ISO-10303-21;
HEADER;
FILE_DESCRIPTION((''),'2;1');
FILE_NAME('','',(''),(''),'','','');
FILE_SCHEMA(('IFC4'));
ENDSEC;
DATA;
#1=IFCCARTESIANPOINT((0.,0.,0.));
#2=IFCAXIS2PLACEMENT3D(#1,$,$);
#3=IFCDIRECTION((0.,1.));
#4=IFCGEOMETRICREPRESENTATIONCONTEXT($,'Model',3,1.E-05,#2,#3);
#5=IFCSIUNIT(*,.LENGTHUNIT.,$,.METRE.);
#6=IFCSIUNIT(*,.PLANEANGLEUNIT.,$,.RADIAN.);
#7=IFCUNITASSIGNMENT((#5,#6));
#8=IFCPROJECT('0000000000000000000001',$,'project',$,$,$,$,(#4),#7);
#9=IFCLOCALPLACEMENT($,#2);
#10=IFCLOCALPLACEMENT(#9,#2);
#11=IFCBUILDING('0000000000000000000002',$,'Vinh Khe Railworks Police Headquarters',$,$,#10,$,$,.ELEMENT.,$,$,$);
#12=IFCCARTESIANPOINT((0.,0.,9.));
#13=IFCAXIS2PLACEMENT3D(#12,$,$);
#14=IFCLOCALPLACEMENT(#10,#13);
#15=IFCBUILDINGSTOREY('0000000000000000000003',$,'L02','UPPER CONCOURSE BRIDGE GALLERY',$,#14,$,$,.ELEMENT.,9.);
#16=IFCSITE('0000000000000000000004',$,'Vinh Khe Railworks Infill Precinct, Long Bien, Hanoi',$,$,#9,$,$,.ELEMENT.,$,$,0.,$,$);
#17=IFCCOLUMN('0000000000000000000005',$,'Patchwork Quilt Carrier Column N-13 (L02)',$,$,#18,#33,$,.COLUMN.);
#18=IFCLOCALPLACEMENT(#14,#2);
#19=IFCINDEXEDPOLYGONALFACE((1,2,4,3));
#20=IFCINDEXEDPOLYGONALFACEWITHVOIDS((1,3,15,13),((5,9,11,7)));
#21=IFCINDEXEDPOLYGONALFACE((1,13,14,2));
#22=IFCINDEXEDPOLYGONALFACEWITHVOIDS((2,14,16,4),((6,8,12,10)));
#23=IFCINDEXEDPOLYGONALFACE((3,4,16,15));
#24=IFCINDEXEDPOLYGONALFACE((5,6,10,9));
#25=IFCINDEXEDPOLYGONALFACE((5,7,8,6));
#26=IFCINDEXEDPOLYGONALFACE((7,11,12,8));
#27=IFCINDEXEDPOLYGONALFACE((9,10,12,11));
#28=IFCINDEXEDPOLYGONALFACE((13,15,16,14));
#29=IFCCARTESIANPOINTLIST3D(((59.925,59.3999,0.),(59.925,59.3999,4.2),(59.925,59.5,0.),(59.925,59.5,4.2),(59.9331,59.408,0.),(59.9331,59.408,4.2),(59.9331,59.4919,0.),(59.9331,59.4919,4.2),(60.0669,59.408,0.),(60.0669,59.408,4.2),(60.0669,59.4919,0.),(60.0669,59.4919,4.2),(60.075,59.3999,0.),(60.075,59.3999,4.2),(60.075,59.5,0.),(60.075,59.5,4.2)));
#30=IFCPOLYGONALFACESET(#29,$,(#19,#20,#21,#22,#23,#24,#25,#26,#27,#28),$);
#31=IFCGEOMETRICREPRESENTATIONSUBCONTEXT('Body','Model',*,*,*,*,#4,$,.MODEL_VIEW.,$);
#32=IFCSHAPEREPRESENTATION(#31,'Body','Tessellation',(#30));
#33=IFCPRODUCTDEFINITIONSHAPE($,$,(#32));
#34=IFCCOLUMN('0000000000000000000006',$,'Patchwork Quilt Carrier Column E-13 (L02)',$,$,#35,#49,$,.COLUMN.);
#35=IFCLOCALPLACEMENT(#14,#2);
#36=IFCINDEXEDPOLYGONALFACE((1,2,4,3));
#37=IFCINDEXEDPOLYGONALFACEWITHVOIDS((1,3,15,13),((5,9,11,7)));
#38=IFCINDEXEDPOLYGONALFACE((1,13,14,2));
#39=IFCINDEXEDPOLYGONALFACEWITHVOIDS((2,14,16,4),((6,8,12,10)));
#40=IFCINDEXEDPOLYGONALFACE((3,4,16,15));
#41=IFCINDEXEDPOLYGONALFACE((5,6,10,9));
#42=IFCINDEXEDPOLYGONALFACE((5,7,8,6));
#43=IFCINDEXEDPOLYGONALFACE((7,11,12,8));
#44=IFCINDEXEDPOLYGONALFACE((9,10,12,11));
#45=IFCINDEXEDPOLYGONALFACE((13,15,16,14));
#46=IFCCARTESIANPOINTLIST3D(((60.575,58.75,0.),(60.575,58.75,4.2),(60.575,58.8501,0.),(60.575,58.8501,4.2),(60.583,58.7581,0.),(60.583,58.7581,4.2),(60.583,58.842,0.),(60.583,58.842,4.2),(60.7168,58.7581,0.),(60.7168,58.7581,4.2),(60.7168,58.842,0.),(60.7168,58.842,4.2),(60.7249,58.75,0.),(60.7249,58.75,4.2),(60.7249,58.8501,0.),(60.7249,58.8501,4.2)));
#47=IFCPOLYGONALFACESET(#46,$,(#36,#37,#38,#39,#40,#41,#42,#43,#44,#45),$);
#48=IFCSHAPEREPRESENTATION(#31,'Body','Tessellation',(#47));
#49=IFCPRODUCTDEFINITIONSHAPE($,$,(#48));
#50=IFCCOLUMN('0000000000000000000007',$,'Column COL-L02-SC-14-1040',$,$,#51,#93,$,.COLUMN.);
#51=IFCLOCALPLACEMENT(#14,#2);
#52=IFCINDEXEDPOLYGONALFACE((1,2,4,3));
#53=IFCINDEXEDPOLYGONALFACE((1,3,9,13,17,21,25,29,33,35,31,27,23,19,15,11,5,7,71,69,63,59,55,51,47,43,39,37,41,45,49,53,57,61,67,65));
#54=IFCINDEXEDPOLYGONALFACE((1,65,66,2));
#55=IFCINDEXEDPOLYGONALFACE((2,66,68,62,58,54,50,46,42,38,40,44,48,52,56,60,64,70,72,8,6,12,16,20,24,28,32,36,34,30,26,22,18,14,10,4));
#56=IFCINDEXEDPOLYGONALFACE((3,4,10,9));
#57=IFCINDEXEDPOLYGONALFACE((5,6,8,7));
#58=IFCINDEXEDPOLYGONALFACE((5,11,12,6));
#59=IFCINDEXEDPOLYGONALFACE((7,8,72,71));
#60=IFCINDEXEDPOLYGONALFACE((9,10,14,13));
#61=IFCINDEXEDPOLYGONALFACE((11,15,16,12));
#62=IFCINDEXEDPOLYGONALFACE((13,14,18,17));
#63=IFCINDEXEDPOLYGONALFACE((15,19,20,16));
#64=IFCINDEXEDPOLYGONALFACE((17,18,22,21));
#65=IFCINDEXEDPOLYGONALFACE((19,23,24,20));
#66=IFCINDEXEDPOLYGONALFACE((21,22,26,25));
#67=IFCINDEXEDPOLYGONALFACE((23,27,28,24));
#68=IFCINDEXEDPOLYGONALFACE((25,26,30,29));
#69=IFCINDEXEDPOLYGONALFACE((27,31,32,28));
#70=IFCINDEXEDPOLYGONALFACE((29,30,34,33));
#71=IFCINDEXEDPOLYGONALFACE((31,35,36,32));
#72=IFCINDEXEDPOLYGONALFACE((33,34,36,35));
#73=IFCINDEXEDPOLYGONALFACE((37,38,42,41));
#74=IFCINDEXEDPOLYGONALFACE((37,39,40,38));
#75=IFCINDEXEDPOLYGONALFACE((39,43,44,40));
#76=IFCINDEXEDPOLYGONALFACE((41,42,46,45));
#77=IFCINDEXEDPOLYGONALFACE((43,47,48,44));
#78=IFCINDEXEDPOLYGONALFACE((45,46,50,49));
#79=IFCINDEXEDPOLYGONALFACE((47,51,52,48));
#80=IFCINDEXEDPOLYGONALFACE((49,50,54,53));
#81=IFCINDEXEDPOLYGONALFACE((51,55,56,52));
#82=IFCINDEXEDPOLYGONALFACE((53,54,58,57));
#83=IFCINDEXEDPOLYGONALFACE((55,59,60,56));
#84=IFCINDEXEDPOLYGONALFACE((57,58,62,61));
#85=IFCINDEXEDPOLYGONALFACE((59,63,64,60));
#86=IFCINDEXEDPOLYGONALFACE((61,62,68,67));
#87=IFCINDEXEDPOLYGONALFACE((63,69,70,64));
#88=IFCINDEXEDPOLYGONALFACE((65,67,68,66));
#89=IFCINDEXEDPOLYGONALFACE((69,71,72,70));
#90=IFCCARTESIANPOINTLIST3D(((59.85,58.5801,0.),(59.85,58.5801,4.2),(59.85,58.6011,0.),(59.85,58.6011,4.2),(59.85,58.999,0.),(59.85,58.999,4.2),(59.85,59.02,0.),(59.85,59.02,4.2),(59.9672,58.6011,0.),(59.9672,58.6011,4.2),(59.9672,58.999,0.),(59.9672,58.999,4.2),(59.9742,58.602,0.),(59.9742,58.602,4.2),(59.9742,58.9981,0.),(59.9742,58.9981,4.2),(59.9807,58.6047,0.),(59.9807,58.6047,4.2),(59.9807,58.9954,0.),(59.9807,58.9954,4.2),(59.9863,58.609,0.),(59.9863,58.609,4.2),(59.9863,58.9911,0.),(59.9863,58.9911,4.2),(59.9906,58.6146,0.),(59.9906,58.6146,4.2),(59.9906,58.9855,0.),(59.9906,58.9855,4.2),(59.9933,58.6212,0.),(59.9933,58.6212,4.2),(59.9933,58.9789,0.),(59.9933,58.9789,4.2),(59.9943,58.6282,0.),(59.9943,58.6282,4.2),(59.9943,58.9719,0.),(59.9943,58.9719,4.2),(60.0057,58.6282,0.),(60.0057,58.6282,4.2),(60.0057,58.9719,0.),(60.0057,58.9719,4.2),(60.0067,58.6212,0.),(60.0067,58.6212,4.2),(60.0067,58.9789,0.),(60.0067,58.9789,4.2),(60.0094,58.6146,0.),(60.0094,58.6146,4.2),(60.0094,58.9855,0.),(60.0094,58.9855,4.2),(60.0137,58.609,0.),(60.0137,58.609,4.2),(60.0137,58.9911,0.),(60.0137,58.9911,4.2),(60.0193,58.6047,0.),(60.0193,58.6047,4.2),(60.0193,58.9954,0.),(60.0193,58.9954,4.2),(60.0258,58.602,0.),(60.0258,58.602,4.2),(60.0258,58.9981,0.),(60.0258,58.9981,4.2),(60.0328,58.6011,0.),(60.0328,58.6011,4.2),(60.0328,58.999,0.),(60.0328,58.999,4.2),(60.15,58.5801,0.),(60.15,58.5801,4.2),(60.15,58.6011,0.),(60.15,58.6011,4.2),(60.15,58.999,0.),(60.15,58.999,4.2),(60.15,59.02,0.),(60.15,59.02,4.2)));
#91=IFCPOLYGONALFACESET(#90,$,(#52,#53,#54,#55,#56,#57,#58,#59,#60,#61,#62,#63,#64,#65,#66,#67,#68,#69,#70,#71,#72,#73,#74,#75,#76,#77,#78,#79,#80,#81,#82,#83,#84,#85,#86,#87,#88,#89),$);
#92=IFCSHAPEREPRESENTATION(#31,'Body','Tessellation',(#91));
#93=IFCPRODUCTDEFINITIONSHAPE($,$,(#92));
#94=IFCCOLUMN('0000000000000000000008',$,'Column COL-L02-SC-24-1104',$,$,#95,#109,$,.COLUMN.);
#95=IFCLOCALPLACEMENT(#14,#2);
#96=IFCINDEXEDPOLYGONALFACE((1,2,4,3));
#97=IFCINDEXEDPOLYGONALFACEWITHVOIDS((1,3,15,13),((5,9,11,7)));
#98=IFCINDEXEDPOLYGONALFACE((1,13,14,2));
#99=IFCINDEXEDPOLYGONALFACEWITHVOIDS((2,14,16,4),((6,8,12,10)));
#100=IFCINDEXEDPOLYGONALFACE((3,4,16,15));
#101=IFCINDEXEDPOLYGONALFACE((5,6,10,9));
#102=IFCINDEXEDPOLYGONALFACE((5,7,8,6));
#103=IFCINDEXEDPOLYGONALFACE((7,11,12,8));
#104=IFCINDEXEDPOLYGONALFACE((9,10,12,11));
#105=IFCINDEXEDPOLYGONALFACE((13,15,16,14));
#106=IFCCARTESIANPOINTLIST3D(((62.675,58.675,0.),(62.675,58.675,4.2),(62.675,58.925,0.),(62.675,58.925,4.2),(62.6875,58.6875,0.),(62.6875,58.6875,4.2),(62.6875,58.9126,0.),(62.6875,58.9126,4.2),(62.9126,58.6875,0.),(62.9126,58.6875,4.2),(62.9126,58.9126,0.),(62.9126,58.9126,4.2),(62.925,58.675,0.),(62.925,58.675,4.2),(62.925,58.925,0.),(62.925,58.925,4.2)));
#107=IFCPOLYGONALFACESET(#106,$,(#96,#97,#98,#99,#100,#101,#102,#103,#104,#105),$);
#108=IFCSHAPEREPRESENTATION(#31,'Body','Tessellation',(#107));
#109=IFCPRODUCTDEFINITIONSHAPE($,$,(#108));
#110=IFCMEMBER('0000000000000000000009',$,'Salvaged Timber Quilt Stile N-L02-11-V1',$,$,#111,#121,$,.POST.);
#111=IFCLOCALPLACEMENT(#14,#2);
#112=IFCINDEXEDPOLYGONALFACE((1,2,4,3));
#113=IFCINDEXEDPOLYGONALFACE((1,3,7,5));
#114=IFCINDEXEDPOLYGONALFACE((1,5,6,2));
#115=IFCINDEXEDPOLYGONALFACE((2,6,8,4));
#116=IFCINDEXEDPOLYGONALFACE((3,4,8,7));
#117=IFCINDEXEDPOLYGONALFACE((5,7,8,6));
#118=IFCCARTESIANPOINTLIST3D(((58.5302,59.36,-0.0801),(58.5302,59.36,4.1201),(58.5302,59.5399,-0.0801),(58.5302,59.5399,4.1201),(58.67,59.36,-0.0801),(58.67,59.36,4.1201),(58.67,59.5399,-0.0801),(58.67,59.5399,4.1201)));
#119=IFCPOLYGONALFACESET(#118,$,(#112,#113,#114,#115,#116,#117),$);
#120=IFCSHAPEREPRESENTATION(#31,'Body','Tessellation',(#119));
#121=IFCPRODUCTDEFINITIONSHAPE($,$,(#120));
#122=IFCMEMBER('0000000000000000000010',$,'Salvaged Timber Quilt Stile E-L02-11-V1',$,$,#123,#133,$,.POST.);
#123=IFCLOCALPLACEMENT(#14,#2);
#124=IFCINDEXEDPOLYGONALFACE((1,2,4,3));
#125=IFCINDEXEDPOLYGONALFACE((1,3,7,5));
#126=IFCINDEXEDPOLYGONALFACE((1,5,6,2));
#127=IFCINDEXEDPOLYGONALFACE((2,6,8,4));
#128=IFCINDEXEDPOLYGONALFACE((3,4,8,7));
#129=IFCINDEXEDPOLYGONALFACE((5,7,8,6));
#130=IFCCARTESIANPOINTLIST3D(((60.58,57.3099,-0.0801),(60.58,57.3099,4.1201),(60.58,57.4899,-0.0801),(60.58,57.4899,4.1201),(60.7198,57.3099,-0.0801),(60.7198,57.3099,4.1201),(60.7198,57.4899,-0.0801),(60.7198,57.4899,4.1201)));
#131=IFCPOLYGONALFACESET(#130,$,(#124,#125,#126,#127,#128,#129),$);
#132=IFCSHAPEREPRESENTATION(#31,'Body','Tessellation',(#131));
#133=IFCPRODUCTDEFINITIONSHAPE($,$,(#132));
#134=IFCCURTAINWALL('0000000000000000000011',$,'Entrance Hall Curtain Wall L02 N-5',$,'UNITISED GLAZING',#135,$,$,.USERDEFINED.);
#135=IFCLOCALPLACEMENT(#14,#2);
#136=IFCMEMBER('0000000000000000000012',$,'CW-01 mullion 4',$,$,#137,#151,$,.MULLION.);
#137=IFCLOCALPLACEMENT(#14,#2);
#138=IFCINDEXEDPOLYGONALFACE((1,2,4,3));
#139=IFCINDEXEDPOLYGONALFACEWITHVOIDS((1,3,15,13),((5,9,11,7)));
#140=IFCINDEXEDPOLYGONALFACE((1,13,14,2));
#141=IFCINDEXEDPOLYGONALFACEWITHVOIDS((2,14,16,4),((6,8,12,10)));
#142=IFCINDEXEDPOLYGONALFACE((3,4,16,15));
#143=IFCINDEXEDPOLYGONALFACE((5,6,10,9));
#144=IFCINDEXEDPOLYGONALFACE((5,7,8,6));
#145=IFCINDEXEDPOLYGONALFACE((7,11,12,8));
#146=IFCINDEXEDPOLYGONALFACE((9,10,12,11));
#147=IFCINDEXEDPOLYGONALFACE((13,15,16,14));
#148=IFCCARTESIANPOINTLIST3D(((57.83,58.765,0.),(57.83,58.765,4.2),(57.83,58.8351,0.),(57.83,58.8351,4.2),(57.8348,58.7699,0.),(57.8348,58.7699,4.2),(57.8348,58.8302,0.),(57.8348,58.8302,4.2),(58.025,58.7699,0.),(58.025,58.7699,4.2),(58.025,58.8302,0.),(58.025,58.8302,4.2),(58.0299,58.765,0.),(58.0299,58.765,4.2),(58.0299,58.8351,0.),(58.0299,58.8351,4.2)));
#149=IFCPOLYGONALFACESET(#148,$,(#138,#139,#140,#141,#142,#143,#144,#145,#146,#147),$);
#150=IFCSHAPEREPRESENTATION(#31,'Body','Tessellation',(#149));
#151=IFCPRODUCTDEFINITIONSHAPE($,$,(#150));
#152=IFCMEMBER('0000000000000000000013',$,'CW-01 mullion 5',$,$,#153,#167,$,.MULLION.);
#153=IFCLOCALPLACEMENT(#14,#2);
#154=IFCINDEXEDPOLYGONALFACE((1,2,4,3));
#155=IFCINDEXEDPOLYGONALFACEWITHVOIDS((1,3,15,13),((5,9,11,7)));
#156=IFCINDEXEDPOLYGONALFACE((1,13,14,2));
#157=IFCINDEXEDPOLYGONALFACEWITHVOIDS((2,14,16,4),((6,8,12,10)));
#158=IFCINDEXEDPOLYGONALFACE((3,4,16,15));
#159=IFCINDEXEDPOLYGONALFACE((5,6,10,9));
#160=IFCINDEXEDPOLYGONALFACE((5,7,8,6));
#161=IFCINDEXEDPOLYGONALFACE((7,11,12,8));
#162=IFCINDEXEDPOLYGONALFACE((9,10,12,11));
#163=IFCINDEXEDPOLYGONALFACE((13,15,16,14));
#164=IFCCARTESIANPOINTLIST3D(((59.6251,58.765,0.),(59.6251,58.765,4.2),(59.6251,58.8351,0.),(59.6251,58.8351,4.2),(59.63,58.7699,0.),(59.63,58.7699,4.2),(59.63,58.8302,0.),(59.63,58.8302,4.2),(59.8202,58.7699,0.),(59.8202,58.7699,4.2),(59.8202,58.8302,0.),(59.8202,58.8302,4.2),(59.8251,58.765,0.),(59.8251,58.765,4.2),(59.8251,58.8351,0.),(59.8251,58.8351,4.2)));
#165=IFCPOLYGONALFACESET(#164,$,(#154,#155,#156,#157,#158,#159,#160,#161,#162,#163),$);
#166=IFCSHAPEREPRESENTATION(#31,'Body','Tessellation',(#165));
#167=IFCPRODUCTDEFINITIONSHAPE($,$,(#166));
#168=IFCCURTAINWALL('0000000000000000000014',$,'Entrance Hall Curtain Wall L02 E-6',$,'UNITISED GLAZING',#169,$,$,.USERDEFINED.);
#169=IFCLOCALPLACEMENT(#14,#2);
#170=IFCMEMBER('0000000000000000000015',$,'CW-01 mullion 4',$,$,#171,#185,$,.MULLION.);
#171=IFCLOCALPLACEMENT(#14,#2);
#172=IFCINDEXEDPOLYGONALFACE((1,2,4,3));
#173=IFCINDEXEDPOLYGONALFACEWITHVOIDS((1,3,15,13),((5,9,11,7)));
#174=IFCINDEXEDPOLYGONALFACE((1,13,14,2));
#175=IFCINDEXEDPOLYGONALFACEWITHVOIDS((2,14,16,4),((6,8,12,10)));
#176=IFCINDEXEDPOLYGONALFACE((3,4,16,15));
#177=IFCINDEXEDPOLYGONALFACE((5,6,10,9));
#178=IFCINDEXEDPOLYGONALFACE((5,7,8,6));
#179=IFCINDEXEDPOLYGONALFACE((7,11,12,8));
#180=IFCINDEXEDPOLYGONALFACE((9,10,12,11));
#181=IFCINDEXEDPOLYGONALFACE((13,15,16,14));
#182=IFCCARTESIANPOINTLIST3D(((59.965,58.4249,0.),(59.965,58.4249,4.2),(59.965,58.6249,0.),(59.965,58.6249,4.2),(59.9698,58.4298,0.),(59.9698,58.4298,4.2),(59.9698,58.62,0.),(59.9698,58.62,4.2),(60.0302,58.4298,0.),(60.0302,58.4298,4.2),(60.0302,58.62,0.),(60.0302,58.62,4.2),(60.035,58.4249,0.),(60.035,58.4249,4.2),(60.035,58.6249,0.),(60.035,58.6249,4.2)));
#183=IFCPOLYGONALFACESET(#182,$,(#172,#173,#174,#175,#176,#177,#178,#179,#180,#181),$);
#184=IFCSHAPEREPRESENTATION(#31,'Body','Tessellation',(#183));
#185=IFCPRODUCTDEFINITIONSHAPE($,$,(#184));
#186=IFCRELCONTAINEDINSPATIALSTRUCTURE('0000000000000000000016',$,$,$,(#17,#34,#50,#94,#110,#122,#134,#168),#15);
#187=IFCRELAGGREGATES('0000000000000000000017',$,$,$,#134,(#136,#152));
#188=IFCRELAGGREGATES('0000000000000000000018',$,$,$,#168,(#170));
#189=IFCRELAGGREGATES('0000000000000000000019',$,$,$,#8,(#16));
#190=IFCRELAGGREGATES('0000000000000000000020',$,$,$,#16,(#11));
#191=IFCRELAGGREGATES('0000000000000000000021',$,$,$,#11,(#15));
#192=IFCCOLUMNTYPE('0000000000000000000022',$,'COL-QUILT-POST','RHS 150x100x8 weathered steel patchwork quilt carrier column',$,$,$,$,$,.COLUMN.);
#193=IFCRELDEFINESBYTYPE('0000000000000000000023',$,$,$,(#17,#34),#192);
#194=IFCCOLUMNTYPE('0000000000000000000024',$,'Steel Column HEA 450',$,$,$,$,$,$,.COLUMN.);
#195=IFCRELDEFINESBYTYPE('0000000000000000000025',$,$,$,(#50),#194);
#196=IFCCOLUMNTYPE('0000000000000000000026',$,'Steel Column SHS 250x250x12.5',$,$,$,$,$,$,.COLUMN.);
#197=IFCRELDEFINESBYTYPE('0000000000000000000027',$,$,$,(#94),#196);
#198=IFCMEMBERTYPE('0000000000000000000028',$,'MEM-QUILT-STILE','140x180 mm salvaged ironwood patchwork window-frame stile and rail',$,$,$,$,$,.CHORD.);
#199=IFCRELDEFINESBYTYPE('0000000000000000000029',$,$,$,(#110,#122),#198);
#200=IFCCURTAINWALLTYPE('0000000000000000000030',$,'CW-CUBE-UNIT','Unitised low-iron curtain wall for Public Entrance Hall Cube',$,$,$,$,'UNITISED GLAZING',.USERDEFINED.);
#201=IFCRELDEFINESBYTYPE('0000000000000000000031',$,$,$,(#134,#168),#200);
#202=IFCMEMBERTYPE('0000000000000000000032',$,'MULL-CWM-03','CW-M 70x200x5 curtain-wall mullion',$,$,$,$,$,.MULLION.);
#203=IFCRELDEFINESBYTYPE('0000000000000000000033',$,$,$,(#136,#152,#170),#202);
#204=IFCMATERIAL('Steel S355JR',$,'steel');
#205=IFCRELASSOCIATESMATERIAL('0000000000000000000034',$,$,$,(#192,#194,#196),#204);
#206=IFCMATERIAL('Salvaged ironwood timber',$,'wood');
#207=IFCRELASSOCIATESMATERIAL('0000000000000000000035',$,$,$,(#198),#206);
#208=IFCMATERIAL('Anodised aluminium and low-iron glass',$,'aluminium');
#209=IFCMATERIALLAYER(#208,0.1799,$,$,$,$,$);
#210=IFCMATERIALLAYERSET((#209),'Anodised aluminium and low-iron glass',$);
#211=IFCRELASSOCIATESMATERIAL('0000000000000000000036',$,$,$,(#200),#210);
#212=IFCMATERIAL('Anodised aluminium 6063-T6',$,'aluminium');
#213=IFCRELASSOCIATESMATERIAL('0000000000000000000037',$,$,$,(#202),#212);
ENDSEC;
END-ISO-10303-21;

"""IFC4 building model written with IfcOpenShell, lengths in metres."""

from ifc_helpers import new_model, si_unit, direction, frame, origin, origin_2d, place, context, subcontext, project, spatial, rectangle, hollow_rectangle, i_section, extrude, material, layer, layer_set, material_profile, profile_set, type_object, element, aggregate, save


model = new_model("IFC4")

# Units and contexts
model_context = context("Model", 3, precision=1e-05, world=origin(), true_north=direction((0.0, 1.0)))
body_context = subcontext(model_context, "Body", "Model", "MODEL_VIEW")
ifc_project = project(units=[si_unit("LENGTHUNIT", "METRE"), si_unit("PLANEANGLEUNIT", "RADIAN")], contexts=[model_context])

# Site, building, storey
site_placement = place(None, origin())
site = spatial("IfcSite", under=ifc_project, at=site_placement, Name="Vinh Khe Railworks Infill Precinct, Long Bien, Hanoi", CompositionType="ELEMENT", RefElevation=0.0)
building_placement = place(site_placement, origin())
building = spatial("IfcBuilding", under=site, at=building_placement, Name="Vinh Khe Railworks Police Headquarters", CompositionType="ELEMENT")
storey_placement = place(building_placement, frame((0.0, 0.0, 9.0)))
storey = spatial("IfcBuildingStorey", under=building, at=storey_placement, Name="L02", Description="UPPER CONCOURSE BRIDGE GALLERY", CompositionType="ELEMENT", Elevation=9.0)

# Columns
ifc_material_1 = material(Name="Steel S355JR", Category="steel")
ifc_material_profile_1 = material_profile(ifc_material_1, hollow_rectangle(XDim=0.1499, YDim=0.1001, WallThickness=0.0081, at=origin_2d()), Name="RHS 150x100x8")
ifc_profile_set_1 = profile_set([ifc_material_profile_1], Name="Steel S355JR")
column_type_1 = type_object("IfcColumnType", Name="COL-QUILT-POST", Description="RHS 150x100x8 weathered steel patchwork quilt carrier column", PredefinedType="COLUMN", material=ifc_profile_set_1)
for number, where, z_axis, x_axis, name in (
    (1, (60.0, 59.45, 0.0), (0.0, 0.0, 1.0), (1.0, 0.0, 0.0), "Patchwork Quilt Carrier Column N-13 (L02)"),
    (2, (60.6499, 58.8, 0.0), (0.0, 0.0, 1.0), (1.0, 0.0, 0.0), "Patchwork Quilt Carrier Column E-13 (L02)"),
):
    element("IfcColumn", number, at=place(storey_placement, frame(where, z_axis=z_axis, x_axis=x_axis)), inside=storey, type_object=column_type_1, Name=name, PredefinedType="COLUMN", context=body_context, shape_type="SweptSolid", body=[
        extrude(hollow_rectangle(XDim=0.1499, YDim=0.1001, WallThickness=0.0081, at=origin_2d()), origin(), (0.0, 0.0, 1.0), 4.2),
    ])
ifc_material_profile_2 = material_profile(ifc_material_1, i_section(OverallWidth=0.3, OverallDepth=0.4399, WebThickness=0.0115, FlangeThickness=0.021, FilletRadius=0.0271, at=origin_2d()), Name="HEA 450")
ifc_profile_set_2 = profile_set([ifc_material_profile_2], Name="Steel S355JR")
column_type_2 = type_object("IfcColumnType", Name="Steel Column HEA 450", PredefinedType="COLUMN", material=ifc_profile_set_2)
column_1_placement = place(storey_placement, frame((60.0, 58.8, 0.0), z_axis=(0.0, 0.0, 1.0), x_axis=(1.0, 0.0, 0.0)))
element("IfcColumn", 3, at=column_1_placement, inside=storey, type_object=column_type_2, Name="Column COL-L02-SC-14-1040", PredefinedType="COLUMN", context=body_context, shape_type="SweptSolid", body=[
    extrude(i_section(OverallWidth=0.3, OverallDepth=0.4399, WebThickness=0.0115, FlangeThickness=0.021, FilletRadius=0.0271, at=origin_2d()), origin(), (0.0, 0.0, 1.0), 4.2),
])
ifc_material_profile_3 = material_profile(ifc_material_1, hollow_rectangle(XDim=0.25, YDim=0.25, WallThickness=0.0125, at=origin_2d()), Name="SHS 250x250x12.5")
ifc_profile_set_3 = profile_set([ifc_material_profile_3], Name="Steel S355JR")
column_type_3 = type_object("IfcColumnType", Name="Steel Column SHS 250x250x12.5", PredefinedType="COLUMN", material=ifc_profile_set_3)
column_2_placement = place(storey_placement, frame((62.8, 58.8, 0.0), z_axis=(0.0, 0.0, 1.0), x_axis=(1.0, 0.0, 0.0)))
element("IfcColumn", 4, at=column_2_placement, inside=storey, type_object=column_type_3, Name="Column COL-L02-SC-24-1104", PredefinedType="COLUMN", context=body_context, shape_type="SweptSolid", body=[
    extrude(hollow_rectangle(XDim=0.25, YDim=0.25, WallThickness=0.0125, at=origin_2d()), origin(), (0.0, 0.0, 1.0), 4.2),
])

# Members
ifc_material_2 = material(Name="Salvaged ironwood timber", Category="wood")
ifc_material_profile_4 = material_profile(ifc_material_2, rectangle(XDim=0.1399, YDim=0.1799, at=origin_2d()), Name="TIMBER 140x180")
ifc_profile_set_4 = profile_set([ifc_material_profile_4], Name="Salvaged ironwood timber")
member_type_1 = type_object("IfcMemberType", Name="MEM-QUILT-STILE", Description="140x180 mm salvaged ironwood patchwork window-frame stile and rail", PredefinedType="CHORD", material=ifc_profile_set_4)
for number, where, z_axis, x_axis, name in (
    (5, (58.6001, 59.45, -0.0801), (0.0, 0.0, 1.0), (1.0, 0.0, 0.0), "Salvaged Timber Quilt Stile N-L02-11-V1"),
    (6, (60.6499, 57.3999, -0.0801), (0.0, 0.0, 1.0), (1.0, 0.0, 0.0), "Salvaged Timber Quilt Stile E-L02-11-V1"),
):
    element("IfcMember", number, at=place(storey_placement, frame(where, z_axis=z_axis, x_axis=x_axis)), inside=storey, type_object=member_type_1, Name=name, PredefinedType="POST", context=body_context, shape_type="SweptSolid", body=[
        extrude(rectangle(XDim=0.1399, YDim=0.1799, at=origin_2d()), origin(), (0.0, 0.0, 1.0), 4.2002),
    ])

# Curtain wall, members
ifc_material_3 = material(Name="Anodised aluminium and low-iron glass", Category="aluminium")
ifc_layer_1 = layer(ifc_material_3, 0.1799)
ifc_layer_set_1 = layer_set([ifc_layer_1], Name="Anodised aluminium and low-iron glass")
curtain_wall_type = type_object("IfcCurtainWallType", Name="CW-CUBE-UNIT", Description="Unitised low-iron curtain wall for Public Entrance Hall Cube", ElementType="UNITISED GLAZING", PredefinedType="USERDEFINED", material=ifc_layer_set_1)
curtain_wall_1_placement = place(storey_placement, origin())
curtain_wall_1 = element("IfcCurtainWall", 7, at=curtain_wall_1_placement, inside=storey, type_object=curtain_wall_type, Name="Entrance Hall Curtain Wall L02 N-5", ObjectType="UNITISED GLAZING", PredefinedType="USERDEFINED")
ifc_material_4 = material(Name="Anodised aluminium 6063-T6", Category="aluminium")
ifc_material_profile_5 = material_profile(ifc_material_4, hollow_rectangle(XDim=0.0701, YDim=0.2, WallThickness=0.0049, at=origin_2d()), Name="CW-M 70x200x5")
ifc_profile_set_5 = profile_set([ifc_material_profile_5], Name="Anodised aluminium 6063-T6")
member_type_2 = type_object("IfcMemberType", Name="MULL-CWM-03", Description="CW-M 70x200x5 curtain-wall mullion", PredefinedType="MULLION", material=ifc_profile_set_5)
member_1_placement = place(storey_placement, frame((57.9299, 58.8, 0.0), z_axis=(0.0, 0.0, 1.0), x_axis=(0.0, 1.0, 0.0)))
member_1 = element("IfcMember", 8, at=member_1_placement, type_object=member_type_2, Name="CW-01 mullion 4", PredefinedType="MULLION", context=body_context, shape_type="SweptSolid", body=[
    extrude(hollow_rectangle(XDim=0.0701, YDim=0.2, WallThickness=0.0049, at=origin_2d()), origin(), (0.0, 0.0, 1.0), 4.2),
])
member_2_placement = place(storey_placement, frame((59.7251, 58.8, 0.0), z_axis=(0.0, 0.0, 1.0), x_axis=(0.0, 1.0, 0.0)))
member_2 = element("IfcMember", 9, at=member_2_placement, type_object=member_type_2, Name="CW-01 mullion 5", PredefinedType="MULLION", context=body_context, shape_type="SweptSolid", body=[
    extrude(hollow_rectangle(XDim=0.0701, YDim=0.2, WallThickness=0.0049, at=origin_2d()), origin(), (0.0, 0.0, 1.0), 4.2),
])

# Curtain wall, member
curtain_wall_2_placement = place(storey_placement, origin())
curtain_wall_2 = element("IfcCurtainWall", 10, at=curtain_wall_2_placement, inside=storey, type_object=curtain_wall_type, Name="Entrance Hall Curtain Wall L02 E-6", ObjectType="UNITISED GLAZING", PredefinedType="USERDEFINED")
member_3_placement = place(storey_placement, frame((60.0, 58.5249, 0.0), z_axis=(0.0, 0.0, 1.0), x_axis=(-1.0, 0.0, 0.0)))
member_3 = element("IfcMember", 11, at=member_3_placement, type_object=member_type_2, Name="CW-01 mullion 4", PredefinedType="MULLION", context=body_context, shape_type="SweptSolid", body=[
    extrude(hollow_rectangle(XDim=0.0701, YDim=0.2, WallThickness=0.0049, at=origin_2d()), origin(), (0.0, 0.0, 1.0), 4.2),
])

aggregate(curtain_wall_1, [member_1, member_2])
aggregate(curtain_wall_2, [member_3])

save(model, "model.ifc")
